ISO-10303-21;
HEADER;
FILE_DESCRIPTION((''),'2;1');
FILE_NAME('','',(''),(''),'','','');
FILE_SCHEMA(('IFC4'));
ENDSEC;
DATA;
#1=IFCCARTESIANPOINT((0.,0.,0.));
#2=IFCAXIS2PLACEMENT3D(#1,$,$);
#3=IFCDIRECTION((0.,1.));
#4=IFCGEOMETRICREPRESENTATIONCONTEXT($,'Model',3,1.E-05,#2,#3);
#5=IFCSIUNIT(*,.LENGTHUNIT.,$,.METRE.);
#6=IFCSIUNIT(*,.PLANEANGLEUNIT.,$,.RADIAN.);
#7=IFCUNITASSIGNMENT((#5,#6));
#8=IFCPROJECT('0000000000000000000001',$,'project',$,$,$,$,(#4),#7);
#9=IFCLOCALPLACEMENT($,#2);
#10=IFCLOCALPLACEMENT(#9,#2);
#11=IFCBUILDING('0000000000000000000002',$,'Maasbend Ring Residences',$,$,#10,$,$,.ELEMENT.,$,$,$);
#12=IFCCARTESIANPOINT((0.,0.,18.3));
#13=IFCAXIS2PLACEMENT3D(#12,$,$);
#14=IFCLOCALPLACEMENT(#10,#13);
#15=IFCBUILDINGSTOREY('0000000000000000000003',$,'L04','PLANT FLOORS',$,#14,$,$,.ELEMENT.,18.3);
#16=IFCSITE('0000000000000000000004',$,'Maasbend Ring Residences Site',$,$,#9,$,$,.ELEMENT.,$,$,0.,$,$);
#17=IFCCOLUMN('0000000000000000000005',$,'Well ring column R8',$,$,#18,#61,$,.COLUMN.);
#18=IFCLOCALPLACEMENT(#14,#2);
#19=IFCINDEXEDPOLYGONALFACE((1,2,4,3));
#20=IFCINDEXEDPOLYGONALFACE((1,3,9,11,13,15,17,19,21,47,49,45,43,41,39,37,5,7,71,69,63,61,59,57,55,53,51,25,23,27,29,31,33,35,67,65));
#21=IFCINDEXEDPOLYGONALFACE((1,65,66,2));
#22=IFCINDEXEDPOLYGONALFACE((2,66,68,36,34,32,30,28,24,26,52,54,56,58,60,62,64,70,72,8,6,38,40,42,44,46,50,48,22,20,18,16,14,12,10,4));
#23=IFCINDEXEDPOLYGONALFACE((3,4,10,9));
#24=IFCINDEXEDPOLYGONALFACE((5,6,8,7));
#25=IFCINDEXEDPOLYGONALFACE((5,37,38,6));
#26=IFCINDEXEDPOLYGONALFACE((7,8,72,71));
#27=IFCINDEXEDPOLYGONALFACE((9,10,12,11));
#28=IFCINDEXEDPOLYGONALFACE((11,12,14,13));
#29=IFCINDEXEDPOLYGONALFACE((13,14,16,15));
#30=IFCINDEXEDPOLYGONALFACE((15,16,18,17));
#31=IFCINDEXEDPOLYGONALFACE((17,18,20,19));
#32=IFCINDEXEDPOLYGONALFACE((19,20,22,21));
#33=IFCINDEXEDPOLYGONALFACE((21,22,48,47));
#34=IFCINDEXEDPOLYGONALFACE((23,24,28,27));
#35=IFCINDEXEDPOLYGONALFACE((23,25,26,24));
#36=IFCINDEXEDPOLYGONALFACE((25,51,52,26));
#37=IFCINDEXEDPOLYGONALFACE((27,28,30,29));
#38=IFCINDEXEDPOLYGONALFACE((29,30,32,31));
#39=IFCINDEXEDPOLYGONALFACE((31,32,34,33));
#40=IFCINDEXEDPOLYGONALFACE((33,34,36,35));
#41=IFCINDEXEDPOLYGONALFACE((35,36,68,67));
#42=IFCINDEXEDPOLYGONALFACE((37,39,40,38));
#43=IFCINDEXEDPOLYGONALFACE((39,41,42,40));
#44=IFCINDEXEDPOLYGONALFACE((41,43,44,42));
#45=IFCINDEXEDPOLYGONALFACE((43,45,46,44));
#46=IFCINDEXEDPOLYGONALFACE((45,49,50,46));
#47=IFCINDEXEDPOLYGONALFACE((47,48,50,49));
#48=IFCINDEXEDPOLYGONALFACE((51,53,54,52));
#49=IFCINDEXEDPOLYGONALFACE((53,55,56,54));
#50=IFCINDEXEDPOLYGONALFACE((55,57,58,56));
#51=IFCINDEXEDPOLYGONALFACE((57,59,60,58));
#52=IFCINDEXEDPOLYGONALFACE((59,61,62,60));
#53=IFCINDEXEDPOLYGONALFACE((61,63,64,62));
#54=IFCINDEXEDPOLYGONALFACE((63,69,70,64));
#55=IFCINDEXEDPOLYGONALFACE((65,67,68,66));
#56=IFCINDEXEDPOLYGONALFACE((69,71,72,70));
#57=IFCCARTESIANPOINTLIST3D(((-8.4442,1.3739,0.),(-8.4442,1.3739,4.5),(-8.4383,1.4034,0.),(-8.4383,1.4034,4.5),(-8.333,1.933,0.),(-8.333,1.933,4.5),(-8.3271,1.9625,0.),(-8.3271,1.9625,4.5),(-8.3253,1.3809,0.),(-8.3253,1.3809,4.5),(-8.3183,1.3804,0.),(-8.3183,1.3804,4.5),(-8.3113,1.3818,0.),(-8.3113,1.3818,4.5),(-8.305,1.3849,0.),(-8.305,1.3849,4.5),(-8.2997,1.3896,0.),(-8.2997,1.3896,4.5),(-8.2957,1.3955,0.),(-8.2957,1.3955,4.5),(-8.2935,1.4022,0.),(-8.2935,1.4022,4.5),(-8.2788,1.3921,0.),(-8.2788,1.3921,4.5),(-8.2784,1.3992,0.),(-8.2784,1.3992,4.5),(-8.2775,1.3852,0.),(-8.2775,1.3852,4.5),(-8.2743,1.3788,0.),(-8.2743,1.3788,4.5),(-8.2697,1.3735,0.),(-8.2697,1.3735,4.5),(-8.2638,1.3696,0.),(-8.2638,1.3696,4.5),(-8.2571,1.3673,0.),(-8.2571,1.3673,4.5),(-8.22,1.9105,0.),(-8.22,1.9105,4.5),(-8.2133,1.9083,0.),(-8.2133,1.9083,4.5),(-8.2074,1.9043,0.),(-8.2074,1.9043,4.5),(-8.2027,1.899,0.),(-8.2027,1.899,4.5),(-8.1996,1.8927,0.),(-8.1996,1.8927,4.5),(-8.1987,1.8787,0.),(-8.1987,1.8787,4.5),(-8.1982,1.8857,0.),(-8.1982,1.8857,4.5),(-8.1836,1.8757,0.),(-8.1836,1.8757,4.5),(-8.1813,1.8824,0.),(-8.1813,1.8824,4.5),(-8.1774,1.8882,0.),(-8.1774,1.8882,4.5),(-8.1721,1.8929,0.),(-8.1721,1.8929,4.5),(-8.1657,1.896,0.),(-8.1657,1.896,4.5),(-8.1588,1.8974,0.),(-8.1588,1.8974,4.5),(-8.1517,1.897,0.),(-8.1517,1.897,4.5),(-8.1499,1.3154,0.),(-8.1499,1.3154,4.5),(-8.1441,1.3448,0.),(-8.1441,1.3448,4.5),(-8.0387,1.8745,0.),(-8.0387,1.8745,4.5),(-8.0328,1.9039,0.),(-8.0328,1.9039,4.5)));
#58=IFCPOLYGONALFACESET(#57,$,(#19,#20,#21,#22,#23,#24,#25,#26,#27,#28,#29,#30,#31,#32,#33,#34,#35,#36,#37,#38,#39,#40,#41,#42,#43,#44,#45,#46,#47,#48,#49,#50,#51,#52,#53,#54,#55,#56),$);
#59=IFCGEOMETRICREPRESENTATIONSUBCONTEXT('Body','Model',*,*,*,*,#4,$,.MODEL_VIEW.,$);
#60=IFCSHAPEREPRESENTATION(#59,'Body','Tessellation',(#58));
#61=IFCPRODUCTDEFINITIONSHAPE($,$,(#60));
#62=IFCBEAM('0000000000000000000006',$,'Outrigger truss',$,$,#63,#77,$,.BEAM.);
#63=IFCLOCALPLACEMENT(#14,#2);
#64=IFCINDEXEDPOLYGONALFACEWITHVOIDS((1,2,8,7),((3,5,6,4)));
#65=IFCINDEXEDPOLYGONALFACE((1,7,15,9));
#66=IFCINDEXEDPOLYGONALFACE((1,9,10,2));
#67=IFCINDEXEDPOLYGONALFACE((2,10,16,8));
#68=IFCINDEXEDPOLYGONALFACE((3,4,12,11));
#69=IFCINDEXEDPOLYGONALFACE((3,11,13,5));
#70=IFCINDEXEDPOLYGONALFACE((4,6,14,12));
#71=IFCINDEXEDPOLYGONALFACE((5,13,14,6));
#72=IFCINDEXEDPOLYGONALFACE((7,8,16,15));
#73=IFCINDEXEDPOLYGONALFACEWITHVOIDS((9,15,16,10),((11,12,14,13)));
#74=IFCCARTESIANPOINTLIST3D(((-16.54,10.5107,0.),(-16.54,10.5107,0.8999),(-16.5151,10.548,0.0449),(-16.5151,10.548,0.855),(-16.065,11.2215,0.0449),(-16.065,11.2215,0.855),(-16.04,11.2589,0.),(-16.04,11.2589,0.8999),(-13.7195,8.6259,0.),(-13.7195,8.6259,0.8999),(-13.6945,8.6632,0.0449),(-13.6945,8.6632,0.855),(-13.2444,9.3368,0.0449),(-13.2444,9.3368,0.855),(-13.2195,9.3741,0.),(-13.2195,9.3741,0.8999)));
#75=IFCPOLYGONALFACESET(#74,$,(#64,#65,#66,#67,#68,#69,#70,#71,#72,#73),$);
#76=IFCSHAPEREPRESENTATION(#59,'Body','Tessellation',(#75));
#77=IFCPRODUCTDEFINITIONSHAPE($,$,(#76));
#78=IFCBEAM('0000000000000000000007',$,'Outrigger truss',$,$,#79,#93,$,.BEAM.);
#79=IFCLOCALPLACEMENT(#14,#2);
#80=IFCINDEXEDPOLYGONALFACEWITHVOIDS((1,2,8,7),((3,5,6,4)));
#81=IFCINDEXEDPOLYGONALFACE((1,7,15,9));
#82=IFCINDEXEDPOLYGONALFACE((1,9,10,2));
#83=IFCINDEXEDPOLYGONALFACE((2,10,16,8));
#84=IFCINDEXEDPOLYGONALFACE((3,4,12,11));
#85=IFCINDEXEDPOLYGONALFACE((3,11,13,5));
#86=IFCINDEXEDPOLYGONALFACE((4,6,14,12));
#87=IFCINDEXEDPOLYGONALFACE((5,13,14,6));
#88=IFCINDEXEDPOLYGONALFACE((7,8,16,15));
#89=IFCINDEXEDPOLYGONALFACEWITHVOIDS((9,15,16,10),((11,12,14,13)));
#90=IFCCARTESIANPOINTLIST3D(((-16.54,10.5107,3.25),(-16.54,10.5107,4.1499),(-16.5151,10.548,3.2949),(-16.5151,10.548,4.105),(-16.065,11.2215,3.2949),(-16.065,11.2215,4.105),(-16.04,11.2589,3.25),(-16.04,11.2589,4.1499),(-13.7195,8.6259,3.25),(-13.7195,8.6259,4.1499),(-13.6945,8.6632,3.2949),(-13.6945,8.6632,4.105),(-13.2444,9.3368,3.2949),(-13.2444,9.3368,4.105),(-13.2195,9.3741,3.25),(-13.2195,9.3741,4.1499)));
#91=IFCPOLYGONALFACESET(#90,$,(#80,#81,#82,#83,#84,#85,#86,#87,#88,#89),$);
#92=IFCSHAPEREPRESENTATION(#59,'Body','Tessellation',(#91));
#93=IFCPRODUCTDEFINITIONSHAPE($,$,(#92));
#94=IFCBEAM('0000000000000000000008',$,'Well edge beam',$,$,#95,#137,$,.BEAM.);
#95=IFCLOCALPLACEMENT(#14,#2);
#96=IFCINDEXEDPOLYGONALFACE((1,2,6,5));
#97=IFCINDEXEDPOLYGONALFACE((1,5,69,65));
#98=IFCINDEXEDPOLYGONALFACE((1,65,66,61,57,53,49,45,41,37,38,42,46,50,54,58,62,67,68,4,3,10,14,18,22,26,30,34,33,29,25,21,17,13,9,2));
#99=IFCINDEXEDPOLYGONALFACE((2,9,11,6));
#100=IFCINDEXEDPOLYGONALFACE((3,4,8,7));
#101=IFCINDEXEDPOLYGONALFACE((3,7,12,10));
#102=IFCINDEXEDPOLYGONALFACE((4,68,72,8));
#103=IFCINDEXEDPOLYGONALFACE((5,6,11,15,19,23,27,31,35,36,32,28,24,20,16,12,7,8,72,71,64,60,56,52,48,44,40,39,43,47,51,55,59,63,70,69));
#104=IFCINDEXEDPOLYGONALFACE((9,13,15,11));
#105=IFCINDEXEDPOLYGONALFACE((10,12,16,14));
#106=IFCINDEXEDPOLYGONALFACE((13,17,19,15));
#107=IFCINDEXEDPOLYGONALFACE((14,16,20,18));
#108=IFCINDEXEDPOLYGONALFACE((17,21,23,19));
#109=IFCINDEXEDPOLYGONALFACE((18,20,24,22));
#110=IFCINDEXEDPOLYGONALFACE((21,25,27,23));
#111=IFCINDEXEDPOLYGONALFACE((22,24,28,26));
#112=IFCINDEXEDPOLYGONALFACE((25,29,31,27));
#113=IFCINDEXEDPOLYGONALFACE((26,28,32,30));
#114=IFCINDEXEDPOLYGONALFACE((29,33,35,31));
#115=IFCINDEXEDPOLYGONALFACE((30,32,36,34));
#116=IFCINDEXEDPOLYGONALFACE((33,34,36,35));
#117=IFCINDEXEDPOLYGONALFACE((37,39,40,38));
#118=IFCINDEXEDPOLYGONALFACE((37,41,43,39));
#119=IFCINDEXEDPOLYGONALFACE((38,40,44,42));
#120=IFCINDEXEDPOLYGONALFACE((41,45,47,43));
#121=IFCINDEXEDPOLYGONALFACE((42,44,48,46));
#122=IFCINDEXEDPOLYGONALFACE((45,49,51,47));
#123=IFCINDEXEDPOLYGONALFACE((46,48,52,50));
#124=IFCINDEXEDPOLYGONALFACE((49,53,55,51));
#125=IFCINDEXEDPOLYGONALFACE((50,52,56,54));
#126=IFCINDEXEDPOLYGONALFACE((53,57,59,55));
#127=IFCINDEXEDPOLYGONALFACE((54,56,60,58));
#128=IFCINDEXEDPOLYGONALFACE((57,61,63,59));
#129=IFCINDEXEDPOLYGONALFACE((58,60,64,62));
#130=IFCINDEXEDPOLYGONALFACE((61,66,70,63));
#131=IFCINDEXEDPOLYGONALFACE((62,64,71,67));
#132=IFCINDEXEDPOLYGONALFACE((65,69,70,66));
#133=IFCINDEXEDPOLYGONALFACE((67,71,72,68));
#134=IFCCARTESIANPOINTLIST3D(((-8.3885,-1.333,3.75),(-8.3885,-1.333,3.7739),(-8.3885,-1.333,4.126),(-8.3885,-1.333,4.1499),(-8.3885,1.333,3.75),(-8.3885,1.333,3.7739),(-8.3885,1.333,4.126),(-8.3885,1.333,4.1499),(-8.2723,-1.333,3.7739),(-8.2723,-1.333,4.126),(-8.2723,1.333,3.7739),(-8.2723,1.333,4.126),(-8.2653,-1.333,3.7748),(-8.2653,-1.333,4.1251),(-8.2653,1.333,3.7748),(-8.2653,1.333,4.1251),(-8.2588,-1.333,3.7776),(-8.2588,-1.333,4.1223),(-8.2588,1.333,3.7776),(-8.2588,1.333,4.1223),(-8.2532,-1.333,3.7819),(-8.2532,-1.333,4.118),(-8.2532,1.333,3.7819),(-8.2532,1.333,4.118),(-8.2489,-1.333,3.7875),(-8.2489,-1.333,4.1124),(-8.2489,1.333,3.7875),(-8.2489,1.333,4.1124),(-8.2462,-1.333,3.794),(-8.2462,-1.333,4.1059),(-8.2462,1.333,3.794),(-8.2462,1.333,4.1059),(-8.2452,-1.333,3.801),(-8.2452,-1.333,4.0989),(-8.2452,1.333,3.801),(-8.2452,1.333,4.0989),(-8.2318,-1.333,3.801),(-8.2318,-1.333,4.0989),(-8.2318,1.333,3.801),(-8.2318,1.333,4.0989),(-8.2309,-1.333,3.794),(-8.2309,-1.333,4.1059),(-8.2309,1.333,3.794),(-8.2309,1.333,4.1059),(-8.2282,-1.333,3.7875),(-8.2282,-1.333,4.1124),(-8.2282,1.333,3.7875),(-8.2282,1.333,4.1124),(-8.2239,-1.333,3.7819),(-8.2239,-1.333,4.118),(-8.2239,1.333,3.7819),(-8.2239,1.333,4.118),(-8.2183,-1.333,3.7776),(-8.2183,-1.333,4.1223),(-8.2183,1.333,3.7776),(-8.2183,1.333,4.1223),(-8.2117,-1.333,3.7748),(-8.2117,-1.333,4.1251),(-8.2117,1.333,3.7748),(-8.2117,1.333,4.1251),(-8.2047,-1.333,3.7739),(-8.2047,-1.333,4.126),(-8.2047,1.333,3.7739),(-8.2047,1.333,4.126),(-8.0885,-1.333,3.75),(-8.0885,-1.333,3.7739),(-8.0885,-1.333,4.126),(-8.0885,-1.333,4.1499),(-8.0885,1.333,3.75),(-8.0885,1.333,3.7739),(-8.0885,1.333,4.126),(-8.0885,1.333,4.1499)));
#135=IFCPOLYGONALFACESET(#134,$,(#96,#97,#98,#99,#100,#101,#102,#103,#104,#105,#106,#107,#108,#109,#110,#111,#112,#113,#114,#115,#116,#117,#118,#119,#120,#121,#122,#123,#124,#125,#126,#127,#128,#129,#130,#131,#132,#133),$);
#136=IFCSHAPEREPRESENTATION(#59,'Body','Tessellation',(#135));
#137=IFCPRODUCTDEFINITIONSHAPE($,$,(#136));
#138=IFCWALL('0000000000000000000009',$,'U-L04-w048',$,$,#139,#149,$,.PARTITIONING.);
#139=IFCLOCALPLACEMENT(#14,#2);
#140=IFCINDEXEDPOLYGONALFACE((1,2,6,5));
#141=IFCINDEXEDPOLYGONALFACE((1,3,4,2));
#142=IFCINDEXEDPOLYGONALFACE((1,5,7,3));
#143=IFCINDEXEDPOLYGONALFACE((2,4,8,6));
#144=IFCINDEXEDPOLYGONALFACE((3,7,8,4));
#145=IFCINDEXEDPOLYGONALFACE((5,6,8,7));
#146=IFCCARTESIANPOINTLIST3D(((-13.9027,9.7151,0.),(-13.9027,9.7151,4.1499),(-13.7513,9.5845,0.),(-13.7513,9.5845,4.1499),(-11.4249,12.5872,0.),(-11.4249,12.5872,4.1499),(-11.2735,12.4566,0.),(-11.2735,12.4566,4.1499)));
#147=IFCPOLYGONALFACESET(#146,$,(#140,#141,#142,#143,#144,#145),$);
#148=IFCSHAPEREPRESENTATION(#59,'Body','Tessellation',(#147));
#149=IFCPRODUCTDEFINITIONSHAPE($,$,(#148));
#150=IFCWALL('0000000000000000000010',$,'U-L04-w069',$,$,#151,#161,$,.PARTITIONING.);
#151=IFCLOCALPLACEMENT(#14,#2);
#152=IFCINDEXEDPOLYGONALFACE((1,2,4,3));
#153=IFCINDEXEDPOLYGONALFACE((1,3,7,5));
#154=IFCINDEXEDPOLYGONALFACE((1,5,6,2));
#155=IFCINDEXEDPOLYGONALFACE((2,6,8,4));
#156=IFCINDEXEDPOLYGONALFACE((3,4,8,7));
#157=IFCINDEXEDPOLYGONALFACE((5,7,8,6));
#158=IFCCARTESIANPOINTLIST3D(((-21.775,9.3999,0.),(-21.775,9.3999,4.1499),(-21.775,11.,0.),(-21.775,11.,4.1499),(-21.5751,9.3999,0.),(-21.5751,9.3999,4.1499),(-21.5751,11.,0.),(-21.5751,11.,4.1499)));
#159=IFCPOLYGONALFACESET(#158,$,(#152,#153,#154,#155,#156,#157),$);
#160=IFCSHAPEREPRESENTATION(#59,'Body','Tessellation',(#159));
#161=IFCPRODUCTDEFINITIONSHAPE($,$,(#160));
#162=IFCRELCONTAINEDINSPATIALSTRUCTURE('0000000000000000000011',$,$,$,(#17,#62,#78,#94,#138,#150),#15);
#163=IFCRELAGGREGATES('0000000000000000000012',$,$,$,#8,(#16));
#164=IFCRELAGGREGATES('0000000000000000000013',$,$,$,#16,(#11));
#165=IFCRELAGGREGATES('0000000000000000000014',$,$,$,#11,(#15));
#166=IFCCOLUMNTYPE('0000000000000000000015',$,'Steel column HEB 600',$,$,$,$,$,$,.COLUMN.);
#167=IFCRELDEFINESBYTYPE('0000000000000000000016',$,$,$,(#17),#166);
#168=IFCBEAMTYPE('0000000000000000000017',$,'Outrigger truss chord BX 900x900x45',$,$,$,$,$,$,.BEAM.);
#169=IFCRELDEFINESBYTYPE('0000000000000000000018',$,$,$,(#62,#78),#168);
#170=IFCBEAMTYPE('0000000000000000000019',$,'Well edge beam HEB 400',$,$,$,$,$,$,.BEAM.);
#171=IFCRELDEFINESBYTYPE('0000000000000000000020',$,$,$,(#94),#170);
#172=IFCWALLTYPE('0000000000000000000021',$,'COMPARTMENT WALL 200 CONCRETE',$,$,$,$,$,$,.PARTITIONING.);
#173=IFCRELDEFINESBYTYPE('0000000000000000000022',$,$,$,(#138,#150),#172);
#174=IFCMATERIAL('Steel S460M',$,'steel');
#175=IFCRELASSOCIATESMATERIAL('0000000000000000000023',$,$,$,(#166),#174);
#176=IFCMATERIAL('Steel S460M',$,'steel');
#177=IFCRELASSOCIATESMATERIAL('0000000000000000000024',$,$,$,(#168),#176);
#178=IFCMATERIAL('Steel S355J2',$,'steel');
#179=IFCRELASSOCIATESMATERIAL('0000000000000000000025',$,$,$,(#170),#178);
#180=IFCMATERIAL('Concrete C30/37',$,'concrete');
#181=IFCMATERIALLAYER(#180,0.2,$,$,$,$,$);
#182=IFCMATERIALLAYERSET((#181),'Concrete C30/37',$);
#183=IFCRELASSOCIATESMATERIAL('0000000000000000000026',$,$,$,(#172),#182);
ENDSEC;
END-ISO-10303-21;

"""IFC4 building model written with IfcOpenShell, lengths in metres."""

from ifc_helpers import new_model, si_unit, direction, frame, frame_2d, origin, origin_2d, place, context, subcontext, project, spatial, rectangle, hollow_rectangle, i_section, extrude, material, layer, layer_set, material_profile, profile_set, type_object, element, save


model = new_model("IFC4")

# Units and contexts
model_context = context("Model", 3, precision=1e-05, world=origin(), true_north=direction((0.0, 1.0)))
body_context = subcontext(model_context, "Body", "Model", "MODEL_VIEW")
ifc_project = project(units=[si_unit("LENGTHUNIT", "METRE"), si_unit("PLANEANGLEUNIT", "RADIAN")], contexts=[model_context])

# Site, building, storey
site_placement = place(None, origin())
site = spatial("IfcSite", under=ifc_project, at=site_placement, Name="Maasbend Ring Residences Site", CompositionType="ELEMENT", RefElevation=0.0)
building_placement = place(site_placement, origin())
building = spatial("IfcBuilding", under=site, at=building_placement, Name="Maasbend Ring Residences", CompositionType="ELEMENT")
storey_placement = place(building_placement, frame((0.0, 0.0, 18.3)))
storey = spatial("IfcBuildingStorey", under=building, at=storey_placement, Name="L04", Description="PLANT FLOORS", CompositionType="ELEMENT", Elevation=18.3)

# Column
ifc_material_1 = material(Name="Steel S460M", Category="steel")
ifc_material_profile_1 = material_profile(ifc_material_1, i_section(OverallWidth=0.3, OverallDepth=0.6001, WebThickness=0.0154, FlangeThickness=0.03, FilletRadius=0.0271, at=origin_2d()), Name="HEB 600")
ifc_profile_set_1 = profile_set([ifc_material_profile_1], Name="Steel S460M")
column_type = type_object("IfcColumnType", Name="Steel column HEB 600", PredefinedType="COLUMN", material=ifc_profile_set_1)
column_placement = place(storey_placement, frame((-8.2385, 1.6389, 0.0), z_axis=(0.0, 0.0, 1.0), x_axis=(-0.980785, 0.19509, 0.0)))
element("IfcColumn", 1, at=column_placement, inside=storey, type_object=column_type, Name="Well ring column R8", PredefinedType="COLUMN", context=body_context, shape_type="SweptSolid", body=[
    extrude(i_section(OverallWidth=0.3, OverallDepth=0.6001, WebThickness=0.0154, FlangeThickness=0.03, FilletRadius=0.0271, at=origin_2d()), origin(), (0.0, 0.0, 1.0), 4.5),
])

# Beams
ifc_material_2 = material(Name="Steel S460M", Category="steel")
ifc_material_profile_2 = material_profile(ifc_material_2, hollow_rectangle(XDim=0.8999, YDim=0.8999, WallThickness=0.0449, at=origin_2d()), Name="Outrigger truss chord BX 900x900x45")
ifc_profile_set_2 = profile_set([ifc_material_profile_2], Name="Steel S460M")
beam_type_1 = type_object("IfcBeamType", Name="Outrigger truss chord BX 900x900x45", PredefinedType="BEAM", material=ifc_profile_set_2)
for number, where, z_axis, x_axis, name in (
    (2, (-16.29, 10.8848, 0.45), (0.831452, -0.555597, 0.0), (0.555597, 0.831452, 0.0), "Outrigger truss"),
    (3, (-16.29, 10.8848, 3.7), (0.831452, -0.555597, 0.0), (0.555597, 0.831452, 0.0), "Outrigger truss"),
):
    element("IfcBeam", number, at=place(storey_placement, frame(where, z_axis=z_axis, x_axis=x_axis)), inside=storey, type_object=beam_type_1, Name=name, PredefinedType="BEAM", context=body_context, shape_type="SweptSolid", body=[
        extrude(hollow_rectangle(XDim=0.8999, YDim=0.8999, WallThickness=0.0449, at=origin_2d()), origin(), (0.0, 0.0, 1.0), 3.3923),
    ])
ifc_material_3 = material(Name="Steel S355J2", Category="steel")
ifc_material_profile_3 = material_profile(ifc_material_3, i_section(OverallWidth=0.3, OverallDepth=0.3999, WebThickness=0.0134, FlangeThickness=0.0239, FilletRadius=0.0271, at=origin_2d()), Name="HEB 400")
ifc_profile_set_3 = profile_set([ifc_material_profile_3], Name="Steel S355J2")
beam_type_2 = type_object("IfcBeamType", Name="Well edge beam HEB 400", PredefinedType="BEAM", material=ifc_profile_set_3)
beam_placement = place(storey_placement, frame((-8.2385, 1.333, 3.95), z_axis=(0.0, -1.0, 0.0), x_axis=(1.0, 0.0, 0.0)))
element("IfcBeam", 4, at=beam_placement, inside=storey, type_object=beam_type_2, Name="Well edge beam", PredefinedType="BEAM", context=body_context, shape_type="SweptSolid", body=[
    extrude(i_section(OverallWidth=0.3, OverallDepth=0.3999, WebThickness=0.0134, FlangeThickness=0.0239, FilletRadius=0.0271, at=origin_2d()), origin(), (0.0, 0.0, 1.0), 2.666),
])

# Walls
ifc_material_4 = material(Name="Concrete C30/37", Category="concrete")
ifc_layer_1 = layer(ifc_material_4, 0.2)
ifc_layer_set_1 = layer_set([ifc_layer_1], Name="Concrete C30/37")
wall_type_1 = type_object("IfcWallType", Name="COMPARTMENT WALL 200 CONCRETE", PredefinedType="PARTITIONING", material=ifc_layer_set_1)
wall_1_placement = place(storey_placement, frame((-13.8269, 9.6499, 0.0), z_axis=(0.0, 0.0, 1.0), x_axis=(0.653221, 0.757167, 0.0)))
element("IfcWall", 5, at=wall_1_placement, inside=storey, type_object=wall_type_1, Name="U-L04-w048", PredefinedType="PARTITIONING", context=body_context, shape_type="SweptSolid", body=[
    extrude(rectangle(XDim=3.7932, YDim=0.2, at=frame_2d((1.8965, 0.0))), origin(), (0.0, 0.0, 1.0), 4.1499),
])
wall_2_placement = place(storey_placement, frame((-21.675, 9.3999, 0.0), z_axis=(0.0, 0.0, 1.0), x_axis=(0.0, 1.0, 0.0)))
element("IfcWall", 6, at=wall_2_placement, inside=storey, type_object=wall_type_1, Name="U-L04-w069", PredefinedType="PARTITIONING", context=body_context, shape_type="SweptSolid", body=[
    extrude(rectangle(XDim=1.6001, YDim=0.2, at=frame_2d((0.8, 0.0))), origin(), (0.0, 0.0, 1.0), 4.1499),
])

save(model, "model.ifc")
